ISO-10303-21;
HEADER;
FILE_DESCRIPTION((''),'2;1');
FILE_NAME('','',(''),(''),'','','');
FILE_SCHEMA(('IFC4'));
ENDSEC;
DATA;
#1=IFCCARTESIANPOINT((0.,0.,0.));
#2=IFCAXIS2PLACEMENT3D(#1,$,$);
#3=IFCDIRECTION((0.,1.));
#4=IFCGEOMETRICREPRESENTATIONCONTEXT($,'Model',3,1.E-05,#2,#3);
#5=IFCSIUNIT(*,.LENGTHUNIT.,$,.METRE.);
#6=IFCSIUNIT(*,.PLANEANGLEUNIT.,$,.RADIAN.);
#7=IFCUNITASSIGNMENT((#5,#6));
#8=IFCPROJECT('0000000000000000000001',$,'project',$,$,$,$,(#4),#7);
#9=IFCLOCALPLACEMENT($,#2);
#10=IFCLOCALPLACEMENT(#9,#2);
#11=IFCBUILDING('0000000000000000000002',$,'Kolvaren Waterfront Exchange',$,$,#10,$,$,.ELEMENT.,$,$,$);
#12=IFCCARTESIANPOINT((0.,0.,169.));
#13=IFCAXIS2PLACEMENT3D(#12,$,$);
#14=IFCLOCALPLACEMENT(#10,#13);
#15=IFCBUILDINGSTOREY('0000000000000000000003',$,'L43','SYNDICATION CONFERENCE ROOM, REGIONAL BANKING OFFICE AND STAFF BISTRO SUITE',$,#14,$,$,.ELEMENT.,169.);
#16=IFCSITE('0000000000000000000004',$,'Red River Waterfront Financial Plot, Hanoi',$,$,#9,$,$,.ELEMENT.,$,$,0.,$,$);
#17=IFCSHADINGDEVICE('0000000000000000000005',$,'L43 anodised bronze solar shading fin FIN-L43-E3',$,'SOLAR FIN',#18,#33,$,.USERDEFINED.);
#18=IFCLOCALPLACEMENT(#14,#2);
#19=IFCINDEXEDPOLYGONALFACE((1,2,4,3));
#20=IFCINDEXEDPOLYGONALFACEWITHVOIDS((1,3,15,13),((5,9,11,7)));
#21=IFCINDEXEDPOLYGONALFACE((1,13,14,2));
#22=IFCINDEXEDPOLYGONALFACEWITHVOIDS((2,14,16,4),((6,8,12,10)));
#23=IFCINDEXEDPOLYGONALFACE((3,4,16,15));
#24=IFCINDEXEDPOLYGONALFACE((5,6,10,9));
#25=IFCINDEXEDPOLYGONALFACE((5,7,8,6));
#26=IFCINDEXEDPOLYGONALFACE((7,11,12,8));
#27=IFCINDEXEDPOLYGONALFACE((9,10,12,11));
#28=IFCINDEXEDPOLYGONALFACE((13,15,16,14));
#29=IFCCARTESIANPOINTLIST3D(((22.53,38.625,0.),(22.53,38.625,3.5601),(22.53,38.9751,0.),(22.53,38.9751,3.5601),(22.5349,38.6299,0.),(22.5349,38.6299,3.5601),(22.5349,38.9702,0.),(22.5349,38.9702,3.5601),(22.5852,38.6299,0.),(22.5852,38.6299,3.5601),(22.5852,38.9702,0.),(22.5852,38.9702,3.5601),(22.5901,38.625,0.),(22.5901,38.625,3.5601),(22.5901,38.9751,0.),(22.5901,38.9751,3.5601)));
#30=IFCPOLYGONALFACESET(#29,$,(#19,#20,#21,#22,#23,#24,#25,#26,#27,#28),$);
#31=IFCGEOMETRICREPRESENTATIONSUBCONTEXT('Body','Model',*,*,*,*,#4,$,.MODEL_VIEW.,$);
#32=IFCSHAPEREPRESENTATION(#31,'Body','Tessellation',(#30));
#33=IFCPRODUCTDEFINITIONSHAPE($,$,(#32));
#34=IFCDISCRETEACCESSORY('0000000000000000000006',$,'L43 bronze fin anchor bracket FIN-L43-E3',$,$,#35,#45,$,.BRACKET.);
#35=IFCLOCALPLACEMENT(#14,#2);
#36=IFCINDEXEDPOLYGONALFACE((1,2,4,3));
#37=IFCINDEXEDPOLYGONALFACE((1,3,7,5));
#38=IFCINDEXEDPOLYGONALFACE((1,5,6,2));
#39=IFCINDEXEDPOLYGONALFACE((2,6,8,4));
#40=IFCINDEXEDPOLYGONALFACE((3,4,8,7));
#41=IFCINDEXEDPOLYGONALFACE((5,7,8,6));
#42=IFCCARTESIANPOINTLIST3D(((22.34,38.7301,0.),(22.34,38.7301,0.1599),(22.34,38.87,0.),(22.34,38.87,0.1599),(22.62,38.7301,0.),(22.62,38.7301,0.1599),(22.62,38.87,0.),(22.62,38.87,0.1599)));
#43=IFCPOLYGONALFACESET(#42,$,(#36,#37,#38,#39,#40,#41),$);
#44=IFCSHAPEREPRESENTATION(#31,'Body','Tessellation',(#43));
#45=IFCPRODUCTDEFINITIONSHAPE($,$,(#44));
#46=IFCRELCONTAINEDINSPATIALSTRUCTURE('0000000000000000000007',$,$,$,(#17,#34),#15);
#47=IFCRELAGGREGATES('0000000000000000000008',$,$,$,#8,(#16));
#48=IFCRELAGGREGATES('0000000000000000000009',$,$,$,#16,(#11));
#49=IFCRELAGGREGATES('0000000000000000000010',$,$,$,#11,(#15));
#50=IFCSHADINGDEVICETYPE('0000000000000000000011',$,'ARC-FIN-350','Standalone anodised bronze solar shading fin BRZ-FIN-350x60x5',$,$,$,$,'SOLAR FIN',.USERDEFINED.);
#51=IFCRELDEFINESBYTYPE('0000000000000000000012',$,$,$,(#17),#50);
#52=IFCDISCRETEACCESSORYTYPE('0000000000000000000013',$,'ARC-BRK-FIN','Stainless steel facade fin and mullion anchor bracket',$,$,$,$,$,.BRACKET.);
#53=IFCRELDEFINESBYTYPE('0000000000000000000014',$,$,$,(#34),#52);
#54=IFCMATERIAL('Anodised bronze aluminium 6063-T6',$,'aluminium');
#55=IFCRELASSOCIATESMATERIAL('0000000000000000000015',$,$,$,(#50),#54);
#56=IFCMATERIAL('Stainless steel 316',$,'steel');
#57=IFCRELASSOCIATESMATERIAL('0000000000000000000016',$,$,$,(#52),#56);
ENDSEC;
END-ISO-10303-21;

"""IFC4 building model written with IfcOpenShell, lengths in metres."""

from ifc_helpers import new_model, si_unit, direction, frame, origin, origin_with_axes, origin_2d, place, context, subcontext, project, spatial, rectangle, hollow_rectangle, extrude, source, transform, mapped, material, material_profile, profile_set, type_object, element, save


model = new_model("IFC4")

# Units and contexts
model_context = context("Model", 3, precision=1e-05, world=origin(), true_north=direction((0.0, 1.0)))
body_context = subcontext(model_context, "Body", "Model", "MODEL_VIEW")
ifc_project = project(units=[si_unit("LENGTHUNIT", "METRE"), si_unit("PLANEANGLEUNIT", "RADIAN")], contexts=[model_context])

# Site, building, storey
site_placement = place(None, origin())
site = spatial("IfcSite", under=ifc_project, at=site_placement, Name="Red River Waterfront Financial Plot, Hanoi", CompositionType="ELEMENT", RefElevation=0.0)
building_placement = place(site_placement, origin())
building = spatial("IfcBuilding", under=site, at=building_placement, Name="Kolvaren Waterfront Exchange", CompositionType="ELEMENT")
storey_placement = place(building_placement, frame((0.0, 0.0, 169.0)))
storey = spatial("IfcBuildingStorey", under=building, at=storey_placement, Name="L43", Description="SYNDICATION CONFERENCE ROOM, REGIONAL BANKING OFFICE AND STAFF BISTRO SUITE", CompositionType="ELEMENT", Elevation=169.0)

# Shared definitions
ifc_material_1 = material(Name="Anodised bronze aluminium 6063-T6", Category="aluminium")

# Shading device
ifc_material_profile_1 = material_profile(ifc_material_1, hollow_rectangle(XDim=0.0601, YDim=0.3501, WallThickness=0.0049, at=origin_2d()), Name="BRZ-FIN-350x60x5")
ifc_profile_set_1 = profile_set([ifc_material_profile_1], Name="Anodised bronze aluminium 6063-T6")
shading_device_type = type_object("IfcShadingDeviceType", Name="ARC-FIN-350", Description="Standalone anodised bronze solar shading fin BRZ-FIN-350x60x5", ElementType="SOLAR FIN", PredefinedType="USERDEFINED", material=ifc_profile_set_1)
shading_device_placement = place(storey_placement, frame((22.5601, 38.8, 0.0), z_axis=(0.0, 0.0, 1.0), x_axis=(1.0, 0.0, 0.0)))
element("IfcShadingDevice", 1, at=shading_device_placement, inside=storey, type_object=shading_device_type, Name="L43 anodised bronze solar shading fin FIN-L43-E3", ObjectType="SOLAR FIN", PredefinedType="USERDEFINED", context=body_context, shape_type="SweptSolid", body=[
    extrude(hollow_rectangle(XDim=0.0601, YDim=0.3501, WallThickness=0.0049, at=origin_2d()), origin(), (0.0, 0.0, 1.0), 3.5601),
])

# Discrete accessory
ifc_material_2 = material(Name="Stainless steel 316", Category="steel")
discrete_accessory_type = type_object("IfcDiscreteAccessoryType", Name="ARC-BRK-FIN", Description="Stainless steel facade fin and mullion anchor bracket", PredefinedType="BRACKET", material=ifc_material_2)
shared_shape_1 = source(origin_with_axes(), body_context, "Body", "SweptSolid", [
    extrude(rectangle(XDim=0.28, YDim=0.1399, at=origin_2d()), origin(), (0.0, 0.0, 1.0), 0.1599),
])
discrete_accessory_placement = place(storey_placement, frame((22.48, 38.8, 0.0), z_axis=(0.0, 0.0, 1.0), x_axis=(1.0, 0.0, 0.0)))
element("IfcDiscreteAccessory", 2, at=discrete_accessory_placement, inside=storey, type_object=discrete_accessory_type, Name="L43 bronze fin anchor bracket FIN-L43-E3", PredefinedType="BRACKET", context=body_context, shape_type="MappedRepresentation", body=[
    mapped(shared_shape_1, transform((0.0, 0.0, 0.0), x_axis=(1.0, 0.0, 0.0), y_axis=(0.0, 1.0, 0.0), z_axis=(0.0, 0.0, 1.0), scale=1.0)),
])

save(model, "model.ifc")
